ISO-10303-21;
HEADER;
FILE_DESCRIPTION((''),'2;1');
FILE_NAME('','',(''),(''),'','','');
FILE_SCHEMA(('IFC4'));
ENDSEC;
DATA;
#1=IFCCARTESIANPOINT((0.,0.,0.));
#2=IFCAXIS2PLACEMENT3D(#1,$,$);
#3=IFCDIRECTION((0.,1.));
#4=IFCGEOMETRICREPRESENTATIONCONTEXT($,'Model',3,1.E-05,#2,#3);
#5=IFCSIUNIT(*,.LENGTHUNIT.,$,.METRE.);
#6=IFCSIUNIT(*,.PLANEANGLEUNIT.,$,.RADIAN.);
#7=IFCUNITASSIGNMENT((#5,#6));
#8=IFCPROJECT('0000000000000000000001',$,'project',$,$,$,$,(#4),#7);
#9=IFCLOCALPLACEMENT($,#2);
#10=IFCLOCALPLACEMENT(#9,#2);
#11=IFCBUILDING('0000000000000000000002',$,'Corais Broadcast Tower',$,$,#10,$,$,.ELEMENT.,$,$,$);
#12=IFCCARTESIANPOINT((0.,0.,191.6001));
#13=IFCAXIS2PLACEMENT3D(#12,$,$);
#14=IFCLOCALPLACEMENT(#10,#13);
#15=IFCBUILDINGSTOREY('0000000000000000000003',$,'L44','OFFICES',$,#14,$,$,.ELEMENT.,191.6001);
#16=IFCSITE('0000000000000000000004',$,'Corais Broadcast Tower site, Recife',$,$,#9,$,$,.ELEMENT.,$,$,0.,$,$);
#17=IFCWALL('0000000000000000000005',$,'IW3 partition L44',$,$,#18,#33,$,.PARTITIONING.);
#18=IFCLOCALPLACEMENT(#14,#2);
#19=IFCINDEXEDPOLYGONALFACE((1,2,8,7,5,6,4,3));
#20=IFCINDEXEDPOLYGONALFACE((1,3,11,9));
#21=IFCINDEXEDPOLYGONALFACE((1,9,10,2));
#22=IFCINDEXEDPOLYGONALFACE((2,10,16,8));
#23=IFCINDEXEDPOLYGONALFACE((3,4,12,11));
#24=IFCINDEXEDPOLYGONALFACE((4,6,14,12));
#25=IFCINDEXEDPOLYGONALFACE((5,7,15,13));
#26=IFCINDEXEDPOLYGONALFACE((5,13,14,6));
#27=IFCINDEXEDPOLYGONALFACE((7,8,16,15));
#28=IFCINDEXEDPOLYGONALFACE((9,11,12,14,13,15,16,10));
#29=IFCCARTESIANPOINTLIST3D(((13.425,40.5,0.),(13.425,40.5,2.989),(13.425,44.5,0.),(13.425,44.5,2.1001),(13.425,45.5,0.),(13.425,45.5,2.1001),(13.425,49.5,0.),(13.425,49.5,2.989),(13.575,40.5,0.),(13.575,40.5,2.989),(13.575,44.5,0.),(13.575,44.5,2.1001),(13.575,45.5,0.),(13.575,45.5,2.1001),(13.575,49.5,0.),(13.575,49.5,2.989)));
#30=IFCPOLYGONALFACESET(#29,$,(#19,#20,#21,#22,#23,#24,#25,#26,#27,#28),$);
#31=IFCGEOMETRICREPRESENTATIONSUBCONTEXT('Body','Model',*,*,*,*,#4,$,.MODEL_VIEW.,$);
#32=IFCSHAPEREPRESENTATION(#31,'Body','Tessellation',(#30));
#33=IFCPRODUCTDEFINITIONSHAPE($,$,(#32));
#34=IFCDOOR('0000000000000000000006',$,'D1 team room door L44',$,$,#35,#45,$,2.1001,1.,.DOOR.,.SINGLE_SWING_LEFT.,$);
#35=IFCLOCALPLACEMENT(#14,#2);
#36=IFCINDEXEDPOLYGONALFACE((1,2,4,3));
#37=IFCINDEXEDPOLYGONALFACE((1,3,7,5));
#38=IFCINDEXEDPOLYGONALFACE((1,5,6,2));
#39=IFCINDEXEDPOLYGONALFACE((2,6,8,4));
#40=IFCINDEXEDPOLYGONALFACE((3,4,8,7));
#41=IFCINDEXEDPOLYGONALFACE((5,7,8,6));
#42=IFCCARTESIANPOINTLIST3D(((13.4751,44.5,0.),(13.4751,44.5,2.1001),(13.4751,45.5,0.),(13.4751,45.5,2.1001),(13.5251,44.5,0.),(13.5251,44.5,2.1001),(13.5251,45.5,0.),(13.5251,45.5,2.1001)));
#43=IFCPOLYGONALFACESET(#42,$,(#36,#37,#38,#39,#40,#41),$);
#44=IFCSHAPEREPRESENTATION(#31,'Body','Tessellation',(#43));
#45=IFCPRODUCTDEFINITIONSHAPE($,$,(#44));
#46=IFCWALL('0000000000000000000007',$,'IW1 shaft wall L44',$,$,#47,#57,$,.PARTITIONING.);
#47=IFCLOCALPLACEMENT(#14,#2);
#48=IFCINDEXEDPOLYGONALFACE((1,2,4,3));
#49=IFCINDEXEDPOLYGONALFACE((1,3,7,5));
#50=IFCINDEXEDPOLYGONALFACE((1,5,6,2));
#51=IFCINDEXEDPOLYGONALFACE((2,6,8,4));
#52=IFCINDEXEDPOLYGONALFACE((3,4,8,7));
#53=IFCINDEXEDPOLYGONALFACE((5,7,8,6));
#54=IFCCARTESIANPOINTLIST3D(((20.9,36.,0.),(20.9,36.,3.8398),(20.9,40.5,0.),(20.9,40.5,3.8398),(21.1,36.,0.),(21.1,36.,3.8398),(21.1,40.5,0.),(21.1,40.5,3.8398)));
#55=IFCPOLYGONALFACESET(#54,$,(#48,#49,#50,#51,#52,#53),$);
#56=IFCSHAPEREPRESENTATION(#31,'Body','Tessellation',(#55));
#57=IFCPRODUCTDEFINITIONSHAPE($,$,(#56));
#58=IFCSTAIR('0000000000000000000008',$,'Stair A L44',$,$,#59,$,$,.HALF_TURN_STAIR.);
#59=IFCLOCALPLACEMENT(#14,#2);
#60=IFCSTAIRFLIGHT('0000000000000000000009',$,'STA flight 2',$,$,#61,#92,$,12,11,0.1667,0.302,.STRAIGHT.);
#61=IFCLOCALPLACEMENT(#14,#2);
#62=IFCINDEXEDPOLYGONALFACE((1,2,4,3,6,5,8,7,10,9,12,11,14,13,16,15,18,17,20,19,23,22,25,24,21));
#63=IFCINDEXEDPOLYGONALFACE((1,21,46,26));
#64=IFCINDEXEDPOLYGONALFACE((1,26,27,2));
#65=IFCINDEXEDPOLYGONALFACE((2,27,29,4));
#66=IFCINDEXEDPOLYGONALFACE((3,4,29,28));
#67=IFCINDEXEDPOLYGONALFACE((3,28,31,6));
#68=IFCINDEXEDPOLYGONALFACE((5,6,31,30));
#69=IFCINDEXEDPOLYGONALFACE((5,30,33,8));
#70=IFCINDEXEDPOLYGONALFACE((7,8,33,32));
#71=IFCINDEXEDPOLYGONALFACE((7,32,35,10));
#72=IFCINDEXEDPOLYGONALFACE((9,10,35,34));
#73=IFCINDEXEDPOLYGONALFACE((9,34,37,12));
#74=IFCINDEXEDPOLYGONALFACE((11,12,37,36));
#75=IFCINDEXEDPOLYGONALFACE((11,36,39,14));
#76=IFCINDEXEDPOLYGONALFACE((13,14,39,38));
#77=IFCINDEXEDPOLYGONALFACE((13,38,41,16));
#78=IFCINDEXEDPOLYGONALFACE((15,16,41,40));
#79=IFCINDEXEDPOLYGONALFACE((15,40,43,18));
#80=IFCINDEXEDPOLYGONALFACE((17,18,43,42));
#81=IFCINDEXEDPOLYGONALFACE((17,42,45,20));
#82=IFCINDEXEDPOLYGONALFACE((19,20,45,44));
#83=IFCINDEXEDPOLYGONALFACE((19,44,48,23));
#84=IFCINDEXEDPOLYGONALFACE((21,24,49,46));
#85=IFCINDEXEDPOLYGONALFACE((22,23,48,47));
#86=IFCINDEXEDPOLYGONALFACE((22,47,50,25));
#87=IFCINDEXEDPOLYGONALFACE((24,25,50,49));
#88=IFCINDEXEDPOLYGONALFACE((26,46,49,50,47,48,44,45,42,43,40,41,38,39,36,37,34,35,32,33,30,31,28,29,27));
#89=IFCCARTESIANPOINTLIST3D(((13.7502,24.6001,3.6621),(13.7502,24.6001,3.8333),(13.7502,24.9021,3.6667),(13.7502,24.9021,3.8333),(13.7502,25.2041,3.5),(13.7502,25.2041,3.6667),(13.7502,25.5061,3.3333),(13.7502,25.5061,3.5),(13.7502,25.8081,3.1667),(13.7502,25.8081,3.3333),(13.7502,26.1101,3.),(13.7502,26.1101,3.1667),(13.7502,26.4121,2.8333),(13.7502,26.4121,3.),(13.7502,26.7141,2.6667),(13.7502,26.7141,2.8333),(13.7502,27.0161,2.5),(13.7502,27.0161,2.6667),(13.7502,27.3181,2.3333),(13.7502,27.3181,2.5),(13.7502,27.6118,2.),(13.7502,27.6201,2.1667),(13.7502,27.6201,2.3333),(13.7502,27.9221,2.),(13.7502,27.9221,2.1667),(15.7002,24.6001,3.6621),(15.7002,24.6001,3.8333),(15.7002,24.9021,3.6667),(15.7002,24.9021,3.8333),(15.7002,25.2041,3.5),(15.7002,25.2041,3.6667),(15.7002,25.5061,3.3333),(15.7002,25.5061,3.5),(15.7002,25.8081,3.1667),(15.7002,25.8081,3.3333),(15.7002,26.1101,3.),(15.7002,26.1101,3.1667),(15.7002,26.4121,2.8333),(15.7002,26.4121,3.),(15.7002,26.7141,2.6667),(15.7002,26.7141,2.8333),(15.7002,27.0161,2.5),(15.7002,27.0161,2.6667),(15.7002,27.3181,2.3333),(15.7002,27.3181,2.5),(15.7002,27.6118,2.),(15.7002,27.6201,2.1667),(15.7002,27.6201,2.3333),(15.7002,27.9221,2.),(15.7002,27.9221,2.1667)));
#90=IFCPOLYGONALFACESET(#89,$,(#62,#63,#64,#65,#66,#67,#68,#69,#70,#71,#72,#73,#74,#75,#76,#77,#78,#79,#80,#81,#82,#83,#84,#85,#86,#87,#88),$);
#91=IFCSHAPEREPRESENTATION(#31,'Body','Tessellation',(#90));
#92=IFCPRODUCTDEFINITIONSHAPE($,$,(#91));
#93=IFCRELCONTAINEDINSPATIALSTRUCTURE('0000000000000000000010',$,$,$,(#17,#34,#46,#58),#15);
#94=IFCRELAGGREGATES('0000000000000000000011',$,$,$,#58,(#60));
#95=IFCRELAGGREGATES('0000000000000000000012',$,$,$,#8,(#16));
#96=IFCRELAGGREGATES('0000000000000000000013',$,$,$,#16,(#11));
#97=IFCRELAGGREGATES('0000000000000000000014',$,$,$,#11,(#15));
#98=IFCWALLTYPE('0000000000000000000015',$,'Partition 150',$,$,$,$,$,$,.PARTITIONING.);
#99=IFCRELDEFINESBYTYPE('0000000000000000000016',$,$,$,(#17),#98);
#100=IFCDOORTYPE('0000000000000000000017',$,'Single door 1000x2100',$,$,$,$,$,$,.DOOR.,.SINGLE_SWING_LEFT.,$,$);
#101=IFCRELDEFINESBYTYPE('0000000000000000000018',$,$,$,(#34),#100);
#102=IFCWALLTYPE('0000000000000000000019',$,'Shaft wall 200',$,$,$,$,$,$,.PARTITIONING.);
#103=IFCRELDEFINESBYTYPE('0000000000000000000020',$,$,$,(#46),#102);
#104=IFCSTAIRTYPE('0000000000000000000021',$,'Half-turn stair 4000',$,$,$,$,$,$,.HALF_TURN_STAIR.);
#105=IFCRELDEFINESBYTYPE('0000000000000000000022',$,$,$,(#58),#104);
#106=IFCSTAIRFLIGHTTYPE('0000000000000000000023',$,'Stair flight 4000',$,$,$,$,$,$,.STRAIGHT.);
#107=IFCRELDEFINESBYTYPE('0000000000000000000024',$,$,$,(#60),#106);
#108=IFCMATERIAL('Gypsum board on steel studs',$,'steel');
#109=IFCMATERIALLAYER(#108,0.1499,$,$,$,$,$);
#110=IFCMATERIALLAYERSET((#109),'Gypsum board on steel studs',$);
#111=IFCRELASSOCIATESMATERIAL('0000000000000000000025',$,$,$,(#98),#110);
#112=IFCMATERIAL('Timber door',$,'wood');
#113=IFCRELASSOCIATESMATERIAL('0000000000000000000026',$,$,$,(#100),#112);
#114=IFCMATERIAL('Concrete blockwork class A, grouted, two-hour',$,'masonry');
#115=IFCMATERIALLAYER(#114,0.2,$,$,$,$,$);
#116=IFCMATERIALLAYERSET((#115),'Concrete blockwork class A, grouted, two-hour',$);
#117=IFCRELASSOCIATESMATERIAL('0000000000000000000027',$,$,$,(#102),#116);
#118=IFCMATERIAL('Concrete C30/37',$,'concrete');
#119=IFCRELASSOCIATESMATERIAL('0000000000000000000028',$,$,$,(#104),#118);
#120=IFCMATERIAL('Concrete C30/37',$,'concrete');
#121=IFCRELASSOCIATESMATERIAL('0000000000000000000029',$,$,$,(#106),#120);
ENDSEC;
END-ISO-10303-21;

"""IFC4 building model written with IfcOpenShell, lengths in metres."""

from ifc_helpers import new_model, si_unit, direction, frame, frame_2d, origin, place, context, subcontext, project, spatial, polyline, rectangle, outline, extrude, material, layer, layer_set, type_object, element, fill, aggregate, save


model = new_model("IFC4")

# Units and contexts
model_context = context("Model", 3, precision=1e-05, world=origin(), true_north=direction((0.0, 1.0)))
body_context = subcontext(model_context, "Body", "Model", "MODEL_VIEW")
ifc_project = project(units=[si_unit("LENGTHUNIT", "METRE"), si_unit("PLANEANGLEUNIT", "RADIAN")], contexts=[model_context])

# Site, building, storey
site_placement = place(None, origin())
site = spatial("IfcSite", under=ifc_project, at=site_placement, Name="Corais Broadcast Tower site, Recife", CompositionType="ELEMENT", RefElevation=0.0)
building_placement = place(site_placement, origin())
building = spatial("IfcBuilding", under=site, at=building_placement, Name="Corais Broadcast Tower", CompositionType="ELEMENT")
storey_placement = place(building_placement, frame((0.0, 0.0, 191.6001)))
storey = spatial("IfcBuildingStorey", under=building, at=storey_placement, Name="L44", Description="OFFICES", CompositionType="ELEMENT", Elevation=191.6001)

# Shared definitions
ifc_material_1 = material(Name="Gypsum board on steel studs", Category="steel")
ifc_layer_1 = layer(ifc_material_1, 0.1499)
ifc_layer_set_1 = layer_set([ifc_layer_1], Name="Gypsum board on steel studs")
wall_type_1 = type_object("IfcWallType", Name="Partition 150", PredefinedType="PARTITIONING", material=ifc_layer_set_1)

# Wall, opening, door
ifc_material_2 = material(Name="Timber door", Category="wood")
door_type_1 = type_object("IfcDoorType", Name="Single door 1000x2100", OperationType="SINGLE_SWING_LEFT", PredefinedType="DOOR", material=ifc_material_2)
wall_1_placement = place(storey_placement, frame((13.5, 40.5, 0.0), z_axis=(0.0, 0.0, 1.0), x_axis=(0.0, 1.0, 0.0)))
wall_1 = element("IfcWall", 1, at=wall_1_placement, inside=storey, type_object=wall_type_1, Name="IW3 partition L44", PredefinedType="PARTITIONING", context=body_context, shape_type="SweptSolid", body=[
    extrude(rectangle(XDim=9.0, YDim=0.1499, at=frame_2d((4.5, 0.0))), origin(), (0.0, 0.0, 1.0), 2.989),
])
opening_1_placement = place(wall_1_placement, frame((4.0, 0.0, 0.0)))
opening_1 = element("IfcOpeningElement", 2, at=opening_1_placement, cuts=wall_1, PredefinedType="OPENING", context=body_context, shape_type="SweptSolid", body=[
    extrude(rectangle(XDim=1.0, YDim=2.1001, at=frame_2d((0.5, 1.05))), frame((0.0, 0.085, 0.0), z_axis=(0.0, -1.0, 0.0), x_axis=(1.0, 0.0, 0.0)), (0.0, 0.0, 1.0), 0.1699),
])
door_1_placement = place(opening_1_placement, origin())
door_1 = element("IfcDoor", 3, at=door_1_placement, inside=storey, type_object=door_type_1, Name="D1 team room door L44", OperationType="SINGLE_SWING_LEFT", OverallHeight=2.1001, OverallWidth=1.0, PredefinedType="DOOR", context=body_context, shape_type="SweptSolid", body=[
    extrude(rectangle(XDim=1.0, YDim=2.1001, at=frame_2d((0.5, 1.05))), frame((0.0, 0.0249, 0.0), z_axis=(0.0, -1.0, 0.0), x_axis=(1.0, 0.0, 0.0)), (0.0, 0.0, 1.0), 0.05),
])
fill(opening_1, door_1)

# Wall
ifc_material_3 = material(Name="Concrete blockwork class A, grouted, two-hour", Category="masonry")
ifc_layer_2 = layer(ifc_material_3, 0.2)
ifc_layer_set_2 = layer_set([ifc_layer_2], Name="Concrete blockwork class A, grouted, two-hour")
wall_type_2 = type_object("IfcWallType", Name="Shaft wall 200", PredefinedType="PARTITIONING", material=ifc_layer_set_2)
wall_2_placement = place(storey_placement, frame((21.0, 36.0, 0.0), z_axis=(0.0, 0.0, 1.0), x_axis=(0.0, 1.0, 0.0)))
element("IfcWall", 4, at=wall_2_placement, inside=storey, type_object=wall_type_2, Name="IW1 shaft wall L44", PredefinedType="PARTITIONING", context=body_context, shape_type="SweptSolid", body=[
    extrude(rectangle(XDim=4.5, YDim=0.2, at=frame_2d((2.25, 0.0))), origin(), (0.0, 0.0, 1.0), 3.8398),
])

# Stair, stair flight
ifc_material_4 = material(Name="Concrete C30/37", Category="concrete")
stair_type = type_object("IfcStairType", Name="Half-turn stair 4000", PredefinedType="HALF_TURN_STAIR", material=ifc_material_4)
stair_placement = place(storey_placement, origin())
stair = element("IfcStair", 5, at=stair_placement, inside=storey, type_object=stair_type, Name="Stair A L44", PredefinedType="HALF_TURN_STAIR")
ifc_material_5 = material(Name="Concrete C30/37", Category="concrete")
stair_flight_type = type_object("IfcStairFlightType", Name="Stair flight 4000", PredefinedType="STRAIGHT", material=ifc_material_5)
stair_flight_placement = place(storey_placement, frame((14.7251, 27.9221, 2.0), z_axis=(0.0, 0.0, 1.0), x_axis=(0.0, -1.0, 0.0)))
stair_flight = element("IfcStairFlight", 6, at=stair_flight_placement, type_object=stair_flight_type, Name="STA flight 2", NumberOfRisers=12, NumberOfTreads=11, PredefinedType="STRAIGHT", RiserHeight=0.1667, TreadLength=0.302, context=body_context, shape_type="SweptSolid", body=[
    extrude(outline(polyline([(0.0, 0.0), (0.0, 0.1667), (0.302, 0.1667), (0.302, 0.3333), (0.604, 0.3333), (0.604, 0.5), (0.906, 0.5), (0.906, 0.6667), (1.208, 0.6667), (1.208, 0.8333), (1.51, 0.8333), (1.51, 1.0), (1.812, 1.0), (1.812, 1.1667), (2.114, 1.1667), (2.114, 1.3333), (2.416, 1.3333), (2.416, 1.5), (2.718, 1.5), (2.718, 1.6667), (3.02, 1.6667), (3.02, 1.8333), (3.322, 1.8333), (3.322, 2.0), (3.322, 1.6621), (0.3103, 0.0), (0.0, 0.0)])), frame((0.0, 0.9751, 0.0), z_axis=(0.0, -1.0, 0.0), x_axis=(1.0, 0.0, 0.0)), (0.0, 0.0, 1.0), 1.95),
])
aggregate(stair, [stair_flight])

save(model, "model.ifc")
